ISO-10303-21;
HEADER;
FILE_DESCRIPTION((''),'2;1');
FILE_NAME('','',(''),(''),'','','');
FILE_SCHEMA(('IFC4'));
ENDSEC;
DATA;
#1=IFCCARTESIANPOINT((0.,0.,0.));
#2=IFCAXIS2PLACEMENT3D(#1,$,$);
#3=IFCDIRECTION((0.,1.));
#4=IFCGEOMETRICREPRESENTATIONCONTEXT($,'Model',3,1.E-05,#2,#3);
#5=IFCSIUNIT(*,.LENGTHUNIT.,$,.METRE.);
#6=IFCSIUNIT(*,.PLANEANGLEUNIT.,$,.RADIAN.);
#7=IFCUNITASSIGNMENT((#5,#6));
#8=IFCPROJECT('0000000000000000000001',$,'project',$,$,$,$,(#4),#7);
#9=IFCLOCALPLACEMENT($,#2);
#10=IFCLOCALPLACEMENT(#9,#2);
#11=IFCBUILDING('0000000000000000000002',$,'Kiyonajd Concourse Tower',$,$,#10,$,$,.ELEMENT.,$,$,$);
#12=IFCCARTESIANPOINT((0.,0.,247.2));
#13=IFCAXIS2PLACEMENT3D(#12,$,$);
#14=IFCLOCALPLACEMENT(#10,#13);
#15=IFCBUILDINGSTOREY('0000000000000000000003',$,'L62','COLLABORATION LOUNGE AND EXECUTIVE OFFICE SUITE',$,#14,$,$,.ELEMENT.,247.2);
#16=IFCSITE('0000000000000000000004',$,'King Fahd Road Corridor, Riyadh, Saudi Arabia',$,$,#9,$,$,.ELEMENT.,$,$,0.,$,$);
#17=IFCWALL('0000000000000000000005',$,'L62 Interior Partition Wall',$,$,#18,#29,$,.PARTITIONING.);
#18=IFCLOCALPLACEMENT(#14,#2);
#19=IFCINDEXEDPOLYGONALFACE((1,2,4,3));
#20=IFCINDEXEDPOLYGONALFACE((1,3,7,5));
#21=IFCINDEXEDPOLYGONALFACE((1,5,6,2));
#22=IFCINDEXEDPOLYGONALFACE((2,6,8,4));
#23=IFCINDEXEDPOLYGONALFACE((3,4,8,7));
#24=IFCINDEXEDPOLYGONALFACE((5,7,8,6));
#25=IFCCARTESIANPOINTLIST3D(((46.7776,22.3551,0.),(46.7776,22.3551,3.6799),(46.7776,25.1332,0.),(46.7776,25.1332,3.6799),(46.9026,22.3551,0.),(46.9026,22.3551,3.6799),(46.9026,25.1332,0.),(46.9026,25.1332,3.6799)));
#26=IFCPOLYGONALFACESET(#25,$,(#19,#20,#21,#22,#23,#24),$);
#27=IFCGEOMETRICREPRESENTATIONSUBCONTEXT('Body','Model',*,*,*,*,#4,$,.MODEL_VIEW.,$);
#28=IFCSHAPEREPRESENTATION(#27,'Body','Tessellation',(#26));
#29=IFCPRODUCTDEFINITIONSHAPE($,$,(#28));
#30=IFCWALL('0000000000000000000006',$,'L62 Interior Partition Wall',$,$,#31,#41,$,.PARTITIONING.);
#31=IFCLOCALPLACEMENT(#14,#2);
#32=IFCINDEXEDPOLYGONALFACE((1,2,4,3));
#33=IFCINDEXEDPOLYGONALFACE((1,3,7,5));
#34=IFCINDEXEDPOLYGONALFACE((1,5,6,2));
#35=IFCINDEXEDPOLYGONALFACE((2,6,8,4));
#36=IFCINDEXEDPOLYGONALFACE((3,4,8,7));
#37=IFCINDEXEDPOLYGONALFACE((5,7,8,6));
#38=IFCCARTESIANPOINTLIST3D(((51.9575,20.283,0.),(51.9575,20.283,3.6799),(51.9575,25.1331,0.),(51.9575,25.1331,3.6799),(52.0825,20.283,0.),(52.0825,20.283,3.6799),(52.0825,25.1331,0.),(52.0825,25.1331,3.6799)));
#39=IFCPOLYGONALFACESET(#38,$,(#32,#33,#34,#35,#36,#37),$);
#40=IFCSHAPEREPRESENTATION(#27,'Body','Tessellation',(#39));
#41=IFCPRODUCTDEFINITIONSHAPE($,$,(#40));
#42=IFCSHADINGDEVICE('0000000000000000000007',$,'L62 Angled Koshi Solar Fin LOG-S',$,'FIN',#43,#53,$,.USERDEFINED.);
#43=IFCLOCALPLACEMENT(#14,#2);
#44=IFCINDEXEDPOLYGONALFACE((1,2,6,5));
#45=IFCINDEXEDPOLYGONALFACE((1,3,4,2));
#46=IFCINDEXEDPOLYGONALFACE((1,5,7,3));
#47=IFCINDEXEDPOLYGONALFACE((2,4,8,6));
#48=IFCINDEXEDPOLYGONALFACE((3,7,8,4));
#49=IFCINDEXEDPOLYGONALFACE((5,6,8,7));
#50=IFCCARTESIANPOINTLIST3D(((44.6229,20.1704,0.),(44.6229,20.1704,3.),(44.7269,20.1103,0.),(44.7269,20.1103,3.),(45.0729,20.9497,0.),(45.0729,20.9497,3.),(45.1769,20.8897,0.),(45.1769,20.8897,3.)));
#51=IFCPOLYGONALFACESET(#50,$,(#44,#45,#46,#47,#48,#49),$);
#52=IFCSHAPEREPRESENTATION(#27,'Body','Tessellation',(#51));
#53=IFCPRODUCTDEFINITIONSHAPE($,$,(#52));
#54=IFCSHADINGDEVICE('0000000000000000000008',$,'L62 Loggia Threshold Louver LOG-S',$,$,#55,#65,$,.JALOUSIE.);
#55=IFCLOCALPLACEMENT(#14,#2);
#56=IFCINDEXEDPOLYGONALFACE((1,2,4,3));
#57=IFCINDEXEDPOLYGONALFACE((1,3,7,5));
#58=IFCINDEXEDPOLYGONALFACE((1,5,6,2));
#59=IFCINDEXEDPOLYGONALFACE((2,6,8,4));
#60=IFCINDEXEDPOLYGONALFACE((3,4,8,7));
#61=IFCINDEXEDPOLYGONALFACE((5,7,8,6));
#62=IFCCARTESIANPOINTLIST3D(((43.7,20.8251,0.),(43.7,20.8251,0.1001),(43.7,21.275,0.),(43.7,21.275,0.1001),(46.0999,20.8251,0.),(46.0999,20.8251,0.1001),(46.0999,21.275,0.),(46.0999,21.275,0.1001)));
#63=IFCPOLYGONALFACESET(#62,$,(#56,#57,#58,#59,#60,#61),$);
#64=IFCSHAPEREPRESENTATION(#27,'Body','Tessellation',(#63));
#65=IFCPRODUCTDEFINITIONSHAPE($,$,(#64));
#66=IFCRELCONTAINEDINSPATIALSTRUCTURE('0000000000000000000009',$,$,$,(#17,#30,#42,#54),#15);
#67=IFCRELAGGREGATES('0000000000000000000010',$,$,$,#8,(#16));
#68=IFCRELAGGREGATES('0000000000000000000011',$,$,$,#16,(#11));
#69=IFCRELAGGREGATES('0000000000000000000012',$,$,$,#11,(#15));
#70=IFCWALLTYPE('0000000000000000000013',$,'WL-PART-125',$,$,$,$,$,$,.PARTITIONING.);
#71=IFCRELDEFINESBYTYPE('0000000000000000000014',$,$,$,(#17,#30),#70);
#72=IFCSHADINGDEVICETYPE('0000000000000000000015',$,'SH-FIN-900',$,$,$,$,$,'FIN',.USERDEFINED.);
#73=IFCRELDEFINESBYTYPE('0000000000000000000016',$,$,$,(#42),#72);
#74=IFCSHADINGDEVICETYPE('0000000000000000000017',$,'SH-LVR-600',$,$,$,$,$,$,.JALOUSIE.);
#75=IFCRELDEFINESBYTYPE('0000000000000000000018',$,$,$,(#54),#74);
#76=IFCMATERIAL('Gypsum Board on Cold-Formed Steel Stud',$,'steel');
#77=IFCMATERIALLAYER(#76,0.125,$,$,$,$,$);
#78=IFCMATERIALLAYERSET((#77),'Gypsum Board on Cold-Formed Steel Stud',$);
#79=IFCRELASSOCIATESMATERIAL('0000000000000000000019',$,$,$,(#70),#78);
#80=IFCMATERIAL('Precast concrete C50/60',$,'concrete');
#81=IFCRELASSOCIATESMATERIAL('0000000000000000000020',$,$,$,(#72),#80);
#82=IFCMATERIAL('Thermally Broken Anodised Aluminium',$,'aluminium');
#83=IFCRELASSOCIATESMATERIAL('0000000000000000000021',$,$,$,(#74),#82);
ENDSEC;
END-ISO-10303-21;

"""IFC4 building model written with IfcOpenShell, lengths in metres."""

from ifc_helpers import new_model, si_unit, direction, frame, frame_2d, origin, origin_2d, place, context, subcontext, project, spatial, rectangle, extrude, material, layer, layer_set, type_object, element, save


model = new_model("IFC4")

# Units and contexts
model_context = context("Model", 3, precision=1e-05, world=origin(), true_north=direction((0.0, 1.0)))
body_context = subcontext(model_context, "Body", "Model", "MODEL_VIEW")
ifc_project = project(units=[si_unit("LENGTHUNIT", "METRE"), si_unit("PLANEANGLEUNIT", "RADIAN")], contexts=[model_context])

# Site, building, storey
site_placement = place(None, origin())
site = spatial("IfcSite", under=ifc_project, at=site_placement, Name="King Fahd Road Corridor, Riyadh, Saudi Arabia", CompositionType="ELEMENT", RefElevation=0.0)
building_placement = place(site_placement, origin())
building = spatial("IfcBuilding", under=site, at=building_placement, Name="Kiyonajd Concourse Tower", CompositionType="ELEMENT")
storey_placement = place(building_placement, frame((0.0, 0.0, 247.2)))
storey = spatial("IfcBuildingStorey", under=building, at=storey_placement, Name="L62", Description="COLLABORATION LOUNGE AND EXECUTIVE OFFICE SUITE", CompositionType="ELEMENT", Elevation=247.2)

# Shared definitions
ifc_material_1 = material(Name="Thermally Broken Anodised Aluminium", Category="aluminium")

# Shared definitions
ifc_material_2 = material(Name="Precast concrete C50/60", Category="concrete")

# Walls
ifc_material_3 = material(Name="Gypsum Board on Cold-Formed Steel Stud", Category="steel")
ifc_layer_1 = layer(ifc_material_3, 0.125)
ifc_layer_set_1 = layer_set([ifc_layer_1], Name="Gypsum Board on Cold-Formed Steel Stud")
wall_type_1 = type_object("IfcWallType", Name="WL-PART-125", PredefinedType="PARTITIONING", material=ifc_layer_set_1)
wall_1_placement = place(storey_placement, frame((46.8401, 22.355, 0.0), z_axis=(0.0, 0.0, 1.0), x_axis=(0.0, 1.0, 0.0)))
element("IfcWall", 1, at=wall_1_placement, inside=storey, type_object=wall_type_1, Name="L62 Interior Partition Wall", PredefinedType="PARTITIONING", context=body_context, shape_type="SweptSolid", body=[
    extrude(rectangle(XDim=2.7781, YDim=0.125, at=frame_2d((1.3892, 0.0))), origin(), (0.0, 0.0, 1.0), 3.6799),
])
wall_2_placement = place(storey_placement, frame((52.02, 20.283, 0.0), z_axis=(0.0, 0.0, 1.0), x_axis=(0.0, 1.0, 0.0)))
element("IfcWall", 2, at=wall_2_placement, inside=storey, type_object=wall_type_1, Name="L62 Interior Partition Wall", PredefinedType="PARTITIONING", context=body_context, shape_type="SweptSolid", body=[
    extrude(rectangle(XDim=4.8501, YDim=0.125, at=frame_2d((2.425, 0.0))), origin(), (0.0, 0.0, 1.0), 3.6799),
])

# Shading devices
shading_device_type_1 = type_object("IfcShadingDeviceType", Name="SH-FIN-900", ElementType="FIN", PredefinedType="USERDEFINED", material=ifc_material_2)
shading_device_1_placement = place(storey_placement, frame((44.8999, 20.53, 0.0), z_axis=(0.0, 0.0, 1.0), x_axis=(0.5, 0.866025, 0.0)))
element("IfcShadingDevice", 3, at=shading_device_1_placement, inside=storey, type_object=shading_device_type_1, Name="L62 Angled Koshi Solar Fin LOG-S", ObjectType="FIN", PredefinedType="USERDEFINED", context=body_context, shape_type="SweptSolid", body=[
    extrude(rectangle(XDim=0.8999, YDim=0.1201, at=origin_2d()), origin(), (0.0, 0.0, 1.0), 3.0),
])
shading_device_type_2 = type_object("IfcShadingDeviceType", Name="SH-LVR-600", PredefinedType="JALOUSIE", material=ifc_material_1)
shading_device_2_placement = place(storey_placement, frame((44.8999, 21.05, 0.0), z_axis=(0.0, 0.0, 1.0), x_axis=(1.0, 0.0, 0.0)))
element("IfcShadingDevice", 4, at=shading_device_2_placement, inside=storey, type_object=shading_device_type_2, Name="L62 Loggia Threshold Louver LOG-S", PredefinedType="JALOUSIE", context=body_context, shape_type="SweptSolid", body=[
    extrude(rectangle(XDim=2.3999, YDim=0.45, at=origin_2d()), origin(), (0.0, 0.0, 1.0), 0.1001),
])

save(model, "model.ifc")
